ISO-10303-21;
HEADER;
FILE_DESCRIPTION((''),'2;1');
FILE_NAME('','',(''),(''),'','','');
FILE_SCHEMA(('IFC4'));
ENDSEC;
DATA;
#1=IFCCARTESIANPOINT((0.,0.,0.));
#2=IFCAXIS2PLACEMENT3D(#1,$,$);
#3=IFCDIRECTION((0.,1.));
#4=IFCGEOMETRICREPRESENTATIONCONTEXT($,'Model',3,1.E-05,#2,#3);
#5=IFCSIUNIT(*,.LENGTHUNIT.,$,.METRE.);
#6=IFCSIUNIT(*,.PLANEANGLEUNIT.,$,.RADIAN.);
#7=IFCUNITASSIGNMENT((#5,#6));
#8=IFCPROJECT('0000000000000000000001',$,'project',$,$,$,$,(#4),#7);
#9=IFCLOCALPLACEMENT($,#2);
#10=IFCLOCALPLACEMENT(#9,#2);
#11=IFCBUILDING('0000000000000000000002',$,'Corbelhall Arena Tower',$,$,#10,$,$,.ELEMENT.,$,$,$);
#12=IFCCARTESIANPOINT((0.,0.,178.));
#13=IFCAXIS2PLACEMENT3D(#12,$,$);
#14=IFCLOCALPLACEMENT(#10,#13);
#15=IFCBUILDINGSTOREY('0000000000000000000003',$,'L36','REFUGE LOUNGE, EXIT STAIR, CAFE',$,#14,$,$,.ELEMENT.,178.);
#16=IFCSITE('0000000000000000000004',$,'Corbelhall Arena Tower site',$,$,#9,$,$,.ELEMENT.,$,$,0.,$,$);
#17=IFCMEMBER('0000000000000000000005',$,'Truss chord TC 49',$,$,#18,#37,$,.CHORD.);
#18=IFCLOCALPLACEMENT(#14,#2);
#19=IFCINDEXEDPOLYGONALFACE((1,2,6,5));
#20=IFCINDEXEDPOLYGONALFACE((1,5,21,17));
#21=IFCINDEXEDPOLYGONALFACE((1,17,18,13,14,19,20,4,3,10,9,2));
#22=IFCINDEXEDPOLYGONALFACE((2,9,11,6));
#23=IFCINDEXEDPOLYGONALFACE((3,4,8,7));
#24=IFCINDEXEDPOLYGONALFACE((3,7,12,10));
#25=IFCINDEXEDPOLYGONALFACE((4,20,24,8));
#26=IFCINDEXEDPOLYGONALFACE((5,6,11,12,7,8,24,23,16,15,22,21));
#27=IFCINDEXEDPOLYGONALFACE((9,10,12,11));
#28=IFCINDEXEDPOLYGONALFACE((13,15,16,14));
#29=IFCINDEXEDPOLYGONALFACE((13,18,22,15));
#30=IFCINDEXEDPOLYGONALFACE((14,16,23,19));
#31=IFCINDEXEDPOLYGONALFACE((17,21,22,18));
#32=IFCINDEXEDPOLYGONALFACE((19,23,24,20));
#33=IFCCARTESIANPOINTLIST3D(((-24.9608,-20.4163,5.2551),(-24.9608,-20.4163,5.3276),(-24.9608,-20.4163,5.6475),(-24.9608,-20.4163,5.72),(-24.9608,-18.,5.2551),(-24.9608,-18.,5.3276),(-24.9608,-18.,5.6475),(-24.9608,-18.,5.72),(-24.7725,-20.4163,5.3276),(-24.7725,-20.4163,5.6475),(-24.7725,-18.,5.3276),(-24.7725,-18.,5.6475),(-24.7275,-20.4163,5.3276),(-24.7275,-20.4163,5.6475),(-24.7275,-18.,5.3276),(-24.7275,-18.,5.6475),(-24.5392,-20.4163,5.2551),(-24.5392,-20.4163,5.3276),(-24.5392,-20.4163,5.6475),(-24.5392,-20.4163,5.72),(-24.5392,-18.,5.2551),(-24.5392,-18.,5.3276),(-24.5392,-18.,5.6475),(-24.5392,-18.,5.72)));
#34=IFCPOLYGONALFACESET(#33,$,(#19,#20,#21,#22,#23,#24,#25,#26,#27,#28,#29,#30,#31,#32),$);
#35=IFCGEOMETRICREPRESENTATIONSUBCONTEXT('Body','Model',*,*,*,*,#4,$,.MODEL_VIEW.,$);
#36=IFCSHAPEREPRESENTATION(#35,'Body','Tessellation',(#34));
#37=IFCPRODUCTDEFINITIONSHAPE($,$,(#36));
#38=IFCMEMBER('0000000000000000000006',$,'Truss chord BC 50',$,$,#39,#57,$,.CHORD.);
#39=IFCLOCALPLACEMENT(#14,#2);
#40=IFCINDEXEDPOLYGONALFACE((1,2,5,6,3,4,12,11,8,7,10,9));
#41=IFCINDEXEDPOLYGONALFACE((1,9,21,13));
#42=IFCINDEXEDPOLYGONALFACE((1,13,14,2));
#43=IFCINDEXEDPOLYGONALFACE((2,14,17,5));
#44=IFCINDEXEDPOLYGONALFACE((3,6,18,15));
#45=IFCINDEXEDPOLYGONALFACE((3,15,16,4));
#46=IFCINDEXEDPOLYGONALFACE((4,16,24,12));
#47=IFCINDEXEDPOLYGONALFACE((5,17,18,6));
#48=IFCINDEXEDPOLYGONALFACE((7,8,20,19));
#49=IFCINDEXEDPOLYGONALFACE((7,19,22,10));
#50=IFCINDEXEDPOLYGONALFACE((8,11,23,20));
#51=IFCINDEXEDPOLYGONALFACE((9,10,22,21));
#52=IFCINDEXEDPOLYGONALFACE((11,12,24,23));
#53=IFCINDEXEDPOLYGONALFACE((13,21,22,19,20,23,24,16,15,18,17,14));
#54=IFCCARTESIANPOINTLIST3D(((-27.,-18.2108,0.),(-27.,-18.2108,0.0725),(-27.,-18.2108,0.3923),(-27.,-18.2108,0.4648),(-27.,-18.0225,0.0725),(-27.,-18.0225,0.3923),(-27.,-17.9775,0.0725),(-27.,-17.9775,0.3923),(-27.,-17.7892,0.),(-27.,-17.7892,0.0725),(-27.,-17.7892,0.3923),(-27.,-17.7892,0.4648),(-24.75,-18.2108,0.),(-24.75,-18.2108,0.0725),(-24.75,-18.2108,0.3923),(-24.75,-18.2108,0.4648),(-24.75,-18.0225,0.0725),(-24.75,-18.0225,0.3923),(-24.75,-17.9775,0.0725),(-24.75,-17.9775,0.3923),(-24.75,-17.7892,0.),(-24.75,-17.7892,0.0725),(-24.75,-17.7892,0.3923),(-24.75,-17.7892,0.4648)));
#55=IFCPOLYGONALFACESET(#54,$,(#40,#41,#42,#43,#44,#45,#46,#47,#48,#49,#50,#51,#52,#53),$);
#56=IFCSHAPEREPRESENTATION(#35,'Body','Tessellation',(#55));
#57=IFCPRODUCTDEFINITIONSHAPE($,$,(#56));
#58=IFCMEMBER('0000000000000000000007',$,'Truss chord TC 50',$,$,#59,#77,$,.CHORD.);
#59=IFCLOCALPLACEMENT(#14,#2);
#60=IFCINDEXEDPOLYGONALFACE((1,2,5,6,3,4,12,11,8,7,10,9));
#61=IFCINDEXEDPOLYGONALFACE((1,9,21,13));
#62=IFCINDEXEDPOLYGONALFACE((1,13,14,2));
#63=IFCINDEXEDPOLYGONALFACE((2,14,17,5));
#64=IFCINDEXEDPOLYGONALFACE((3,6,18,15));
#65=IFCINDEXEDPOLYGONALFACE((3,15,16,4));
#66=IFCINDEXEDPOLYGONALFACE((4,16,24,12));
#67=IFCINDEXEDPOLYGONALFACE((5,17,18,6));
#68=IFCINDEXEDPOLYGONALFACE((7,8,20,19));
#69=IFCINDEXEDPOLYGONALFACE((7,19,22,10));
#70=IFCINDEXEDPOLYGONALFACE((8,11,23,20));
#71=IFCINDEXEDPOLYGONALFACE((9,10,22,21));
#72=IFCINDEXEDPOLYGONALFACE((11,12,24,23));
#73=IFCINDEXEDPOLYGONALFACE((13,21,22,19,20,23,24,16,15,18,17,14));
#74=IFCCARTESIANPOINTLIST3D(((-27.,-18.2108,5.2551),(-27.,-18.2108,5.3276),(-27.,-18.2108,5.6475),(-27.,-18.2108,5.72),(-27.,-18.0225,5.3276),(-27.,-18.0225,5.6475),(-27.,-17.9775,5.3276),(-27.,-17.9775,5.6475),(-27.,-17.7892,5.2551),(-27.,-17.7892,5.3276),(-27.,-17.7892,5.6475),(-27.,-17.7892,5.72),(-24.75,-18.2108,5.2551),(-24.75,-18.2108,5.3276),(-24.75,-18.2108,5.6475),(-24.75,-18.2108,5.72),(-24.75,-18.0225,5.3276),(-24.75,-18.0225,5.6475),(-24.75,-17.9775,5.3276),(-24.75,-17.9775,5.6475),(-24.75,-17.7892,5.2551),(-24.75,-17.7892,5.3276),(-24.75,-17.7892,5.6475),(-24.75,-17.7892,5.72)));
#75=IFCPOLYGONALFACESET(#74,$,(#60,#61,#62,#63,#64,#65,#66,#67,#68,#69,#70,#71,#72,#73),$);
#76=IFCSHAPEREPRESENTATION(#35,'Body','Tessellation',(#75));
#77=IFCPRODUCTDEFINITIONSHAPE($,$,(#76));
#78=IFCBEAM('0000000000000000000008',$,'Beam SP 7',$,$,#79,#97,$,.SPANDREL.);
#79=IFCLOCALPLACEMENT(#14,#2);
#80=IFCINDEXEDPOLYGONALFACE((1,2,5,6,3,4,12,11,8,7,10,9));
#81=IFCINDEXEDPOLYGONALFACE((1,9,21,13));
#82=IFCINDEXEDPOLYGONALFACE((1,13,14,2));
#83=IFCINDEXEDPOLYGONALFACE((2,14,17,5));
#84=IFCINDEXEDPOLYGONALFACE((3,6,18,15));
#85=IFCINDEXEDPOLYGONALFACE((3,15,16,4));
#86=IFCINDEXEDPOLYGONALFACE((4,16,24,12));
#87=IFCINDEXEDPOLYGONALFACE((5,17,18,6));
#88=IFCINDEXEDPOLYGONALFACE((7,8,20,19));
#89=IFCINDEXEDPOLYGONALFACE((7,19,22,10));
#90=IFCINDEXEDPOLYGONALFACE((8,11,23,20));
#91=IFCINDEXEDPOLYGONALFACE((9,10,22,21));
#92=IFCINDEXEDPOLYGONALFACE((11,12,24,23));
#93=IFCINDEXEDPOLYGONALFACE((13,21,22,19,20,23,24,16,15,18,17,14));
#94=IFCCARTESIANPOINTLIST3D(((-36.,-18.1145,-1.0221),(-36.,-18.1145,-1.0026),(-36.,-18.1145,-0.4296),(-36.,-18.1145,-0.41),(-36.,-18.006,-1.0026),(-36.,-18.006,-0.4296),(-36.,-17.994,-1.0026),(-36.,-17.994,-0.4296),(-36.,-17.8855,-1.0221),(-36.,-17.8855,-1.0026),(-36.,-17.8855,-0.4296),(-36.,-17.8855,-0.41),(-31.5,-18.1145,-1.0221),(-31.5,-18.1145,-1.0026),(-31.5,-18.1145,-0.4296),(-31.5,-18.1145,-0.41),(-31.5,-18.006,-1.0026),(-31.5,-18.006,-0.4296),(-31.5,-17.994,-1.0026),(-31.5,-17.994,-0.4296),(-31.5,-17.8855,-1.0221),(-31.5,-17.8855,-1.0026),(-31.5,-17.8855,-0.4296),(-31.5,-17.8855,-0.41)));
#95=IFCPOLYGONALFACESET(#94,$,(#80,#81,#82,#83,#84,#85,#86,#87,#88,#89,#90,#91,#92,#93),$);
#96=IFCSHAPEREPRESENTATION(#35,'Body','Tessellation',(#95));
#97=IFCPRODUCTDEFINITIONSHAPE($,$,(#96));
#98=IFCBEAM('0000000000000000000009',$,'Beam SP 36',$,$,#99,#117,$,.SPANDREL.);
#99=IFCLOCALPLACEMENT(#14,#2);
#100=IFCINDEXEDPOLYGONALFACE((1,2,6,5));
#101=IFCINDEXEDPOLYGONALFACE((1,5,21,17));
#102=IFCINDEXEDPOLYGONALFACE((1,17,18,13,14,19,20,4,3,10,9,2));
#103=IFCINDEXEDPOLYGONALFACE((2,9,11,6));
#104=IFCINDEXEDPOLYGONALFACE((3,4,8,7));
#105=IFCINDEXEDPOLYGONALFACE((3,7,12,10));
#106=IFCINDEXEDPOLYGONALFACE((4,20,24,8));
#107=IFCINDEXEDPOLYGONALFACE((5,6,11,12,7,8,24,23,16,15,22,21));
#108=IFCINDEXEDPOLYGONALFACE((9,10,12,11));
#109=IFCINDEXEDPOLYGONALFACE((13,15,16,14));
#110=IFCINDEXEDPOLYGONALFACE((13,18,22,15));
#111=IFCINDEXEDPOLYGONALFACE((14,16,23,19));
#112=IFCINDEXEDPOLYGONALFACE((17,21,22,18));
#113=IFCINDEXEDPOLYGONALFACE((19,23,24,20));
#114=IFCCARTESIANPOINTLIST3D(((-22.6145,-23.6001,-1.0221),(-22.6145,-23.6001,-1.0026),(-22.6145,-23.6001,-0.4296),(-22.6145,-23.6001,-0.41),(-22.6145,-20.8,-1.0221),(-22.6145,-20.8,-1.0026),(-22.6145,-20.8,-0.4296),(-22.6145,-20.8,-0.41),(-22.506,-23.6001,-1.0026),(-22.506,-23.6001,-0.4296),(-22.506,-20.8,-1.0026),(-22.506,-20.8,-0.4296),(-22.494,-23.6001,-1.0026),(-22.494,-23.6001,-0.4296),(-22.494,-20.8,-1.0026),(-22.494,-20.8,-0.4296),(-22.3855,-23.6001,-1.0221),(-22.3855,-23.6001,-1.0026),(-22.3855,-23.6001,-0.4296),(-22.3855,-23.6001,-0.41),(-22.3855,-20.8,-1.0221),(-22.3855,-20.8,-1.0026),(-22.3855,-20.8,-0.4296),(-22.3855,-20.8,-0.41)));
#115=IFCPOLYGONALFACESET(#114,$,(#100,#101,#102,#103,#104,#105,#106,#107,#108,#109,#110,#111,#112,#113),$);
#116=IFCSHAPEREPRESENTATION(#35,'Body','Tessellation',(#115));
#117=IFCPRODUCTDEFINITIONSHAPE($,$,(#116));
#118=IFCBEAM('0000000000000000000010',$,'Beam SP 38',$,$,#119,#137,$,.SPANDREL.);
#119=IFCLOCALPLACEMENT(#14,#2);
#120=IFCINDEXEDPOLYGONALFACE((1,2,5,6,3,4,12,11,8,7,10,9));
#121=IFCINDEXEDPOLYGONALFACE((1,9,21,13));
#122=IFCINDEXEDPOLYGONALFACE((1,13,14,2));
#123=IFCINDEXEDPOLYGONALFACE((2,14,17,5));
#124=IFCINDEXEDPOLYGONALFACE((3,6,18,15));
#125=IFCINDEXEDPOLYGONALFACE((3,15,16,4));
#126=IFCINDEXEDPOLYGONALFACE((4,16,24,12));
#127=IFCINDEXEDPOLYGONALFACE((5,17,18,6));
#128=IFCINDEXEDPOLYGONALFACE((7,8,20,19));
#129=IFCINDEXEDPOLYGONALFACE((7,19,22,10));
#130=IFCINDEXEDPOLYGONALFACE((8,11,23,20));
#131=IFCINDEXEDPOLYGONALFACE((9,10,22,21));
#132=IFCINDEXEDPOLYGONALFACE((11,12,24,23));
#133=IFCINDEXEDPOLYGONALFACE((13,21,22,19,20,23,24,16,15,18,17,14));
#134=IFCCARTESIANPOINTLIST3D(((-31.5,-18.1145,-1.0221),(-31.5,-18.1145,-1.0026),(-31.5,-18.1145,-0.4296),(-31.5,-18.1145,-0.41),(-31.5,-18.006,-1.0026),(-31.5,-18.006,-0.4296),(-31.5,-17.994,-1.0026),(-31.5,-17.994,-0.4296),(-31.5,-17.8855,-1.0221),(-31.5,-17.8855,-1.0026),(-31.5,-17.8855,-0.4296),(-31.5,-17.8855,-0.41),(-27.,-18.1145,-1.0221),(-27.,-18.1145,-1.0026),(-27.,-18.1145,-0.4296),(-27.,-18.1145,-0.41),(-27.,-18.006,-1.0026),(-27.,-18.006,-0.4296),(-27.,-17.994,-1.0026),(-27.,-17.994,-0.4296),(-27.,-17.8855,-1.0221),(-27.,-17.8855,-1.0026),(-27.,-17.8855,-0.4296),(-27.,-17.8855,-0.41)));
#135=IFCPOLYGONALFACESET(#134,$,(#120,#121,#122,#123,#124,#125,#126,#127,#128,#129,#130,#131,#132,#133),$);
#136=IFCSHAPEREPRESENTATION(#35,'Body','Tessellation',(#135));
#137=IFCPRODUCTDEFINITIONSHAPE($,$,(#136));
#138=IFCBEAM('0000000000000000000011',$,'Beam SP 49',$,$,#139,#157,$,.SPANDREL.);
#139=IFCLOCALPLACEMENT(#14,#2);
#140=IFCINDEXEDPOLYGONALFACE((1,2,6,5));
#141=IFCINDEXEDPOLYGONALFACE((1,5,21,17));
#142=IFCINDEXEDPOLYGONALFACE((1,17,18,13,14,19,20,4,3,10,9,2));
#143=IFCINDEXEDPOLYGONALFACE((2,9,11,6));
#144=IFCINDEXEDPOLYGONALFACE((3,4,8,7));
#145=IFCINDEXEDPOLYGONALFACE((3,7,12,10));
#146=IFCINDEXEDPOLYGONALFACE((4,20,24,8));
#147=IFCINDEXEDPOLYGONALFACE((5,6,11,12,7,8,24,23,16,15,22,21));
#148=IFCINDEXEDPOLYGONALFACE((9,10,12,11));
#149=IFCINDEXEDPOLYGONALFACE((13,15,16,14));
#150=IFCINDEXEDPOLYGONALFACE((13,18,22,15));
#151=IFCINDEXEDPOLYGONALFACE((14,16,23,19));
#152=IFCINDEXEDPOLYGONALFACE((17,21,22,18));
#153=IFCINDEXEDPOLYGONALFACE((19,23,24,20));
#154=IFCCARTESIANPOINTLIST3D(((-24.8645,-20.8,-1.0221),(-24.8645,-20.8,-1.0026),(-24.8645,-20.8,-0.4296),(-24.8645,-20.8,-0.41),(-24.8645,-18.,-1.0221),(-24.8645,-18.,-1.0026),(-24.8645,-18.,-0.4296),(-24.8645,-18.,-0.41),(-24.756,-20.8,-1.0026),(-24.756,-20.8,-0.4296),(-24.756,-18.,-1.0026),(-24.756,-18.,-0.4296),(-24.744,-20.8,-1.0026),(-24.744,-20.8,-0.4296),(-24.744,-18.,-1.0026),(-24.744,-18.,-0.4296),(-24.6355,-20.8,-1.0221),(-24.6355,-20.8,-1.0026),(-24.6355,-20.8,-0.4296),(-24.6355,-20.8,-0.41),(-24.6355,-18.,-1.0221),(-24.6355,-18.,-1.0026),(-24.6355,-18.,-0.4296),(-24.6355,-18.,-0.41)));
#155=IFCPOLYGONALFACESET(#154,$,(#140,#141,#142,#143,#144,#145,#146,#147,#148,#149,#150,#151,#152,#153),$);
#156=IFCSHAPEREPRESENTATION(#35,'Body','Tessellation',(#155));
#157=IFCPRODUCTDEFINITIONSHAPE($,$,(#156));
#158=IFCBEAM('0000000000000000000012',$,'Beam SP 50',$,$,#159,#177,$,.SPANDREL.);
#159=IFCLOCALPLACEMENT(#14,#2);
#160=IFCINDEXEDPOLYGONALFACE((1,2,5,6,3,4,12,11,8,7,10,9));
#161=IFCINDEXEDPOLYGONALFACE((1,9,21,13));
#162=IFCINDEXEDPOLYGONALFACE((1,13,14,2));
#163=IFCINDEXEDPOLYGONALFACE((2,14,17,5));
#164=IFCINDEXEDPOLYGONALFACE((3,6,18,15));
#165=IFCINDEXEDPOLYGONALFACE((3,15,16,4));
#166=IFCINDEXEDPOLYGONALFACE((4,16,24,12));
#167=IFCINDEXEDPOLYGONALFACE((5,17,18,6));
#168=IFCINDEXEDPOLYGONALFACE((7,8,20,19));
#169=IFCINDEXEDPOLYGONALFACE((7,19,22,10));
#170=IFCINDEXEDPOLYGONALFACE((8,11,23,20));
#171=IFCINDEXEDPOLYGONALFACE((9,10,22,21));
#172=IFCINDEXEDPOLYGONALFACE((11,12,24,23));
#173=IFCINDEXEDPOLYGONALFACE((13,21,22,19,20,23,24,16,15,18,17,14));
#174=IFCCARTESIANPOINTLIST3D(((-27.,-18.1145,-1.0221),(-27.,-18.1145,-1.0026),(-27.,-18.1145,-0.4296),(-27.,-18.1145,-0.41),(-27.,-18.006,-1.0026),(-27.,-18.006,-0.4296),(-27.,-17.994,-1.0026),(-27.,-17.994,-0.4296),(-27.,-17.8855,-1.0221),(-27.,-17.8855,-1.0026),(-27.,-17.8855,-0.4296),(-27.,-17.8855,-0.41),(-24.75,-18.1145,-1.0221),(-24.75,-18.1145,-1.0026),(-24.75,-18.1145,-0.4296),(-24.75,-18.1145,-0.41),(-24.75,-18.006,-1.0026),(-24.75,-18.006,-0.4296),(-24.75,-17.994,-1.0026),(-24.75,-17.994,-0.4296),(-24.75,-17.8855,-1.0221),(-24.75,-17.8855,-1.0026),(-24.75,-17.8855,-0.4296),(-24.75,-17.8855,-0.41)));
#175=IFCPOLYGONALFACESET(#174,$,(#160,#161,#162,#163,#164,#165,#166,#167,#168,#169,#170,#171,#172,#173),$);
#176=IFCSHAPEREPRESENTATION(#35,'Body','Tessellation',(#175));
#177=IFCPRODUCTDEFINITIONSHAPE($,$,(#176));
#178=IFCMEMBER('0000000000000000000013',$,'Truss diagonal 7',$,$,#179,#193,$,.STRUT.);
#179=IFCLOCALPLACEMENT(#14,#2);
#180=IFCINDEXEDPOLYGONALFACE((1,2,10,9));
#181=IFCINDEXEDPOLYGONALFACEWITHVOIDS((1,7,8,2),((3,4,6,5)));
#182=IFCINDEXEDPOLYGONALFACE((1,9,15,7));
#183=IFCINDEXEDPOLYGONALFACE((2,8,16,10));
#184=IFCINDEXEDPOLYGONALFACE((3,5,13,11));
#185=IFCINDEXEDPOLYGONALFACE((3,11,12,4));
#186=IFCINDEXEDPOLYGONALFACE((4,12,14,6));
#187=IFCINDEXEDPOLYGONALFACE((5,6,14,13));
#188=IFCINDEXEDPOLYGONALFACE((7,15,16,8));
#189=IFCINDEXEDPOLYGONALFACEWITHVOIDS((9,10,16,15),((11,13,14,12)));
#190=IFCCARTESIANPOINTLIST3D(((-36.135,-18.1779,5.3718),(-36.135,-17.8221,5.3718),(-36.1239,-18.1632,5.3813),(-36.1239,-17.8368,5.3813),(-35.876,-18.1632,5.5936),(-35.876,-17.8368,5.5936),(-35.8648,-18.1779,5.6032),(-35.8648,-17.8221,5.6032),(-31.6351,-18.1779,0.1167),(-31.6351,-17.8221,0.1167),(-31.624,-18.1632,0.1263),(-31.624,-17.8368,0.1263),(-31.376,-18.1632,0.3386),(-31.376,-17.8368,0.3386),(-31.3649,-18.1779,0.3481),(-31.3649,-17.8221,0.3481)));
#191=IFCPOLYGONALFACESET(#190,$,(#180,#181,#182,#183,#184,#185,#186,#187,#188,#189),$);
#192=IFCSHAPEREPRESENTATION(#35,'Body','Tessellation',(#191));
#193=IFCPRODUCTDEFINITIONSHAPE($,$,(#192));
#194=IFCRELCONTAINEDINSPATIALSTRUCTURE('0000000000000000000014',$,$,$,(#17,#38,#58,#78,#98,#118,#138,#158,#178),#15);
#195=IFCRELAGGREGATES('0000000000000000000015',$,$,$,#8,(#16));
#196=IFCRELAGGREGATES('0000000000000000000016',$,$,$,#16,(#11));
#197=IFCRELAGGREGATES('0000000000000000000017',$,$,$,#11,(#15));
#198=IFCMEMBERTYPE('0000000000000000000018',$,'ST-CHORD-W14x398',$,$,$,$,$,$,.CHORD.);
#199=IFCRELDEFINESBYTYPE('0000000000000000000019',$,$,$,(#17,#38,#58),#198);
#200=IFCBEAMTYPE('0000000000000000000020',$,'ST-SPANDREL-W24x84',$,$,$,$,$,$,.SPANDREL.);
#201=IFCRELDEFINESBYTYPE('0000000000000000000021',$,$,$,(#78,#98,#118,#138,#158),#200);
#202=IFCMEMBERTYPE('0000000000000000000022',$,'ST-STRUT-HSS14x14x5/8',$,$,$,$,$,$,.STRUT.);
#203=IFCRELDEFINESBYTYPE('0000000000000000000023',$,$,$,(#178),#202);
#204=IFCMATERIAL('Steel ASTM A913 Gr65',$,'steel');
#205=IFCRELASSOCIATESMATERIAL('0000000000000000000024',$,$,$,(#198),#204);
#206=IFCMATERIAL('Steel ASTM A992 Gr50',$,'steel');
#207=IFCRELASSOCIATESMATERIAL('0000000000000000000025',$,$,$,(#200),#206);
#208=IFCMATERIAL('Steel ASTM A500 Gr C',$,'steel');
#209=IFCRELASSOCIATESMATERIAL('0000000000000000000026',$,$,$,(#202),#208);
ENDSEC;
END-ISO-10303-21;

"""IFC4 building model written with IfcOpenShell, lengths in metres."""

from ifc_helpers import new_model, si_unit, direction, frame, origin, origin_2d, place, context, subcontext, project, spatial, hollow_rectangle, i_section, extrude, material, material_profile, profile_set, type_object, element, save


model = new_model("IFC4")

# Units and contexts
model_context = context("Model", 3, precision=1e-05, world=origin(), true_north=direction((0.0, 1.0)))
body_context = subcontext(model_context, "Body", "Model", "MODEL_VIEW")
ifc_project = project(units=[si_unit("LENGTHUNIT", "METRE"), si_unit("PLANEANGLEUNIT", "RADIAN")], contexts=[model_context])

# Site, building, storey
site_placement = place(None, origin())
site = spatial("IfcSite", under=ifc_project, at=site_placement, Name="Corbelhall Arena Tower site", CompositionType="ELEMENT", RefElevation=0.0)
building_placement = place(site_placement, origin())
building = spatial("IfcBuilding", under=site, at=building_placement, Name="Corbelhall Arena Tower", CompositionType="ELEMENT")
storey_placement = place(building_placement, frame((0.0, 0.0, 178.0)))
storey = spatial("IfcBuildingStorey", under=building, at=storey_placement, Name="L36", Description="REFUGE LOUNGE, EXIT STAIR, CAFE", CompositionType="ELEMENT", Elevation=178.0)

# Members
ifc_material_1 = material(Name="Steel ASTM A913 Gr65", Category="steel")
ifc_material_profile_1 = material_profile(ifc_material_1, i_section(OverallWidth=0.4216, OverallDepth=0.4648, WebThickness=0.0449, FlangeThickness=0.0725, at=origin_2d()))
ifc_profile_set_1 = profile_set([ifc_material_profile_1], Name="Steel ASTM A913 Gr65")
member_type_1 = type_object("IfcMemberType", Name="ST-CHORD-W14x398", PredefinedType="CHORD", material=ifc_profile_set_1)
member_1_placement = place(storey_placement, frame((-24.75, -20.4163, 5.4875), z_axis=(0.0, 1.0, 0.0), x_axis=(-1.0, 0.0, 0.0)))
element("IfcMember", 1, at=member_1_placement, inside=storey, type_object=member_type_1, Name="Truss chord TC 49", PredefinedType="CHORD", context=body_context, shape_type="SweptSolid", body=[
    extrude(i_section(OverallWidth=0.4216, OverallDepth=0.4648, WebThickness=0.0449, FlangeThickness=0.0725, at=origin_2d()), origin(), (0.0, 0.0, 1.0), 2.4163),
])
for number, where, z_axis, x_axis, name in (
    (2, (-24.75, -18.0, 0.2324), (-1.0, 0.0, 0.0), (0.0, -1.0, 0.0), "Truss chord BC 50"),
    (3, (-24.75, -18.0, 5.4875), (-1.0, 0.0, 0.0), (0.0, -1.0, 0.0), "Truss chord TC 50"),
):
    element("IfcMember", number, at=place(storey_placement, frame(where, z_axis=z_axis, x_axis=x_axis)), inside=storey, type_object=member_type_1, Name=name, PredefinedType="CHORD", context=body_context, shape_type="SweptSolid", body=[
        extrude(i_section(OverallWidth=0.4216, OverallDepth=0.4648, WebThickness=0.0449, FlangeThickness=0.0725, at=origin_2d()), origin(), (0.0, 0.0, 1.0), 2.25),
    ])

# Beams
ifc_material_2 = material(Name="Steel ASTM A992 Gr50", Category="steel")
ifc_material_profile_2 = material_profile(ifc_material_2, i_section(OverallWidth=0.229, OverallDepth=0.6121, WebThickness=0.012, FlangeThickness=0.0195, at=origin_2d()))
ifc_profile_set_2 = profile_set([ifc_material_profile_2], Name="Steel ASTM A992 Gr50")
beam_type = type_object("IfcBeamType", Name="ST-SPANDREL-W24x84", PredefinedType="SPANDREL", material=ifc_profile_set_2)
beam_1_placement = place(storey_placement, frame((-31.5, -18.0, -0.7161), z_axis=(-1.0, 0.0, 0.0), x_axis=(0.0, -1.0, 0.0)))
element("IfcBeam", 4, at=beam_1_placement, inside=storey, type_object=beam_type, Name="Beam SP 7", PredefinedType="SPANDREL", context=body_context, shape_type="SweptSolid", body=[
    extrude(i_section(OverallWidth=0.229, OverallDepth=0.6121, WebThickness=0.012, FlangeThickness=0.0195, at=origin_2d()), origin(), (0.0, 0.0, 1.0), 4.5),
])
beam_2_placement = place(storey_placement, frame((-22.5, -23.6001, -0.7161), z_axis=(0.0, 1.0, 0.0), x_axis=(-1.0, 0.0, 0.0)))
element("IfcBeam", 5, at=beam_2_placement, inside=storey, type_object=beam_type, Name="Beam SP 36", PredefinedType="SPANDREL", context=body_context, shape_type="SweptSolid", body=[
    extrude(i_section(OverallWidth=0.229, OverallDepth=0.6121, WebThickness=0.012, FlangeThickness=0.0195, at=origin_2d()), origin(), (0.0, 0.0, 1.0), 2.8),
])
beam_3_placement = place(storey_placement, frame((-27.0, -18.0, -0.7161), z_axis=(-1.0, 0.0, 0.0), x_axis=(0.0, -1.0, 0.0)))
element("IfcBeam", 6, at=beam_3_placement, inside=storey, type_object=beam_type, Name="Beam SP 38", PredefinedType="SPANDREL", context=body_context, shape_type="SweptSolid", body=[
    extrude(i_section(OverallWidth=0.229, OverallDepth=0.6121, WebThickness=0.012, FlangeThickness=0.0195, at=origin_2d()), origin(), (0.0, 0.0, 1.0), 4.5),
])
beam_4_placement = place(storey_placement, frame((-24.75, -20.8, -0.7161), z_axis=(0.0, 1.0, 0.0), x_axis=(-1.0, 0.0, 0.0)))
element("IfcBeam", 7, at=beam_4_placement, inside=storey, type_object=beam_type, Name="Beam SP 49", PredefinedType="SPANDREL", context=body_context, shape_type="SweptSolid", body=[
    extrude(i_section(OverallWidth=0.229, OverallDepth=0.6121, WebThickness=0.012, FlangeThickness=0.0195, at=origin_2d()), origin(), (0.0, 0.0, 1.0), 2.8),
])
beam_5_placement = place(storey_placement, frame((-24.75, -18.0, -0.7161), z_axis=(-1.0, 0.0, 0.0), x_axis=(0.0, -1.0, 0.0)))
element("IfcBeam", 8, at=beam_5_placement, inside=storey, type_object=beam_type, Name="Beam SP 50", PredefinedType="SPANDREL", context=body_context, shape_type="SweptSolid", body=[
    extrude(i_section(OverallWidth=0.229, OverallDepth=0.6121, WebThickness=0.012, FlangeThickness=0.0195, at=origin_2d()), origin(), (0.0, 0.0, 1.0), 2.25),
])

# Member
ifc_material_3 = material(Name="Steel ASTM A500 Gr C", Category="steel")
ifc_material_profile_3 = material_profile(ifc_material_3, hollow_rectangle(XDim=0.3557, YDim=0.3557, WallThickness=0.0146, at=origin_2d()))
ifc_profile_set_3 = profile_set([ifc_material_profile_3], Name="Steel ASTM A500 Gr C")
member_type_2 = type_object("IfcMemberType", Name="ST-STRUT-HSS14x14x5/8", PredefinedType="STRUT", material=ifc_profile_set_3)
for number, where, z_axis, x_axis, name in (
    (9, (-31.5, -18.0, 0.2324), (-0.650425, 0.0, 0.75957), (0.0, -1.0, 0.0), "Truss diagonal 7"),
):
    element("IfcMember", number, at=place(storey_placement, frame(where, z_axis=z_axis, x_axis=x_axis)), inside=storey, type_object=member_type_2, Name=name, PredefinedType="STRUT", context=body_context, shape_type="SweptSolid", body=[
        extrude(hollow_rectangle(XDim=0.3557, YDim=0.3557, WallThickness=0.0146, at=origin_2d()), origin(), (0.0, 0.0, 1.0), 6.9185),
    ])

save(model, "model.ifc")
